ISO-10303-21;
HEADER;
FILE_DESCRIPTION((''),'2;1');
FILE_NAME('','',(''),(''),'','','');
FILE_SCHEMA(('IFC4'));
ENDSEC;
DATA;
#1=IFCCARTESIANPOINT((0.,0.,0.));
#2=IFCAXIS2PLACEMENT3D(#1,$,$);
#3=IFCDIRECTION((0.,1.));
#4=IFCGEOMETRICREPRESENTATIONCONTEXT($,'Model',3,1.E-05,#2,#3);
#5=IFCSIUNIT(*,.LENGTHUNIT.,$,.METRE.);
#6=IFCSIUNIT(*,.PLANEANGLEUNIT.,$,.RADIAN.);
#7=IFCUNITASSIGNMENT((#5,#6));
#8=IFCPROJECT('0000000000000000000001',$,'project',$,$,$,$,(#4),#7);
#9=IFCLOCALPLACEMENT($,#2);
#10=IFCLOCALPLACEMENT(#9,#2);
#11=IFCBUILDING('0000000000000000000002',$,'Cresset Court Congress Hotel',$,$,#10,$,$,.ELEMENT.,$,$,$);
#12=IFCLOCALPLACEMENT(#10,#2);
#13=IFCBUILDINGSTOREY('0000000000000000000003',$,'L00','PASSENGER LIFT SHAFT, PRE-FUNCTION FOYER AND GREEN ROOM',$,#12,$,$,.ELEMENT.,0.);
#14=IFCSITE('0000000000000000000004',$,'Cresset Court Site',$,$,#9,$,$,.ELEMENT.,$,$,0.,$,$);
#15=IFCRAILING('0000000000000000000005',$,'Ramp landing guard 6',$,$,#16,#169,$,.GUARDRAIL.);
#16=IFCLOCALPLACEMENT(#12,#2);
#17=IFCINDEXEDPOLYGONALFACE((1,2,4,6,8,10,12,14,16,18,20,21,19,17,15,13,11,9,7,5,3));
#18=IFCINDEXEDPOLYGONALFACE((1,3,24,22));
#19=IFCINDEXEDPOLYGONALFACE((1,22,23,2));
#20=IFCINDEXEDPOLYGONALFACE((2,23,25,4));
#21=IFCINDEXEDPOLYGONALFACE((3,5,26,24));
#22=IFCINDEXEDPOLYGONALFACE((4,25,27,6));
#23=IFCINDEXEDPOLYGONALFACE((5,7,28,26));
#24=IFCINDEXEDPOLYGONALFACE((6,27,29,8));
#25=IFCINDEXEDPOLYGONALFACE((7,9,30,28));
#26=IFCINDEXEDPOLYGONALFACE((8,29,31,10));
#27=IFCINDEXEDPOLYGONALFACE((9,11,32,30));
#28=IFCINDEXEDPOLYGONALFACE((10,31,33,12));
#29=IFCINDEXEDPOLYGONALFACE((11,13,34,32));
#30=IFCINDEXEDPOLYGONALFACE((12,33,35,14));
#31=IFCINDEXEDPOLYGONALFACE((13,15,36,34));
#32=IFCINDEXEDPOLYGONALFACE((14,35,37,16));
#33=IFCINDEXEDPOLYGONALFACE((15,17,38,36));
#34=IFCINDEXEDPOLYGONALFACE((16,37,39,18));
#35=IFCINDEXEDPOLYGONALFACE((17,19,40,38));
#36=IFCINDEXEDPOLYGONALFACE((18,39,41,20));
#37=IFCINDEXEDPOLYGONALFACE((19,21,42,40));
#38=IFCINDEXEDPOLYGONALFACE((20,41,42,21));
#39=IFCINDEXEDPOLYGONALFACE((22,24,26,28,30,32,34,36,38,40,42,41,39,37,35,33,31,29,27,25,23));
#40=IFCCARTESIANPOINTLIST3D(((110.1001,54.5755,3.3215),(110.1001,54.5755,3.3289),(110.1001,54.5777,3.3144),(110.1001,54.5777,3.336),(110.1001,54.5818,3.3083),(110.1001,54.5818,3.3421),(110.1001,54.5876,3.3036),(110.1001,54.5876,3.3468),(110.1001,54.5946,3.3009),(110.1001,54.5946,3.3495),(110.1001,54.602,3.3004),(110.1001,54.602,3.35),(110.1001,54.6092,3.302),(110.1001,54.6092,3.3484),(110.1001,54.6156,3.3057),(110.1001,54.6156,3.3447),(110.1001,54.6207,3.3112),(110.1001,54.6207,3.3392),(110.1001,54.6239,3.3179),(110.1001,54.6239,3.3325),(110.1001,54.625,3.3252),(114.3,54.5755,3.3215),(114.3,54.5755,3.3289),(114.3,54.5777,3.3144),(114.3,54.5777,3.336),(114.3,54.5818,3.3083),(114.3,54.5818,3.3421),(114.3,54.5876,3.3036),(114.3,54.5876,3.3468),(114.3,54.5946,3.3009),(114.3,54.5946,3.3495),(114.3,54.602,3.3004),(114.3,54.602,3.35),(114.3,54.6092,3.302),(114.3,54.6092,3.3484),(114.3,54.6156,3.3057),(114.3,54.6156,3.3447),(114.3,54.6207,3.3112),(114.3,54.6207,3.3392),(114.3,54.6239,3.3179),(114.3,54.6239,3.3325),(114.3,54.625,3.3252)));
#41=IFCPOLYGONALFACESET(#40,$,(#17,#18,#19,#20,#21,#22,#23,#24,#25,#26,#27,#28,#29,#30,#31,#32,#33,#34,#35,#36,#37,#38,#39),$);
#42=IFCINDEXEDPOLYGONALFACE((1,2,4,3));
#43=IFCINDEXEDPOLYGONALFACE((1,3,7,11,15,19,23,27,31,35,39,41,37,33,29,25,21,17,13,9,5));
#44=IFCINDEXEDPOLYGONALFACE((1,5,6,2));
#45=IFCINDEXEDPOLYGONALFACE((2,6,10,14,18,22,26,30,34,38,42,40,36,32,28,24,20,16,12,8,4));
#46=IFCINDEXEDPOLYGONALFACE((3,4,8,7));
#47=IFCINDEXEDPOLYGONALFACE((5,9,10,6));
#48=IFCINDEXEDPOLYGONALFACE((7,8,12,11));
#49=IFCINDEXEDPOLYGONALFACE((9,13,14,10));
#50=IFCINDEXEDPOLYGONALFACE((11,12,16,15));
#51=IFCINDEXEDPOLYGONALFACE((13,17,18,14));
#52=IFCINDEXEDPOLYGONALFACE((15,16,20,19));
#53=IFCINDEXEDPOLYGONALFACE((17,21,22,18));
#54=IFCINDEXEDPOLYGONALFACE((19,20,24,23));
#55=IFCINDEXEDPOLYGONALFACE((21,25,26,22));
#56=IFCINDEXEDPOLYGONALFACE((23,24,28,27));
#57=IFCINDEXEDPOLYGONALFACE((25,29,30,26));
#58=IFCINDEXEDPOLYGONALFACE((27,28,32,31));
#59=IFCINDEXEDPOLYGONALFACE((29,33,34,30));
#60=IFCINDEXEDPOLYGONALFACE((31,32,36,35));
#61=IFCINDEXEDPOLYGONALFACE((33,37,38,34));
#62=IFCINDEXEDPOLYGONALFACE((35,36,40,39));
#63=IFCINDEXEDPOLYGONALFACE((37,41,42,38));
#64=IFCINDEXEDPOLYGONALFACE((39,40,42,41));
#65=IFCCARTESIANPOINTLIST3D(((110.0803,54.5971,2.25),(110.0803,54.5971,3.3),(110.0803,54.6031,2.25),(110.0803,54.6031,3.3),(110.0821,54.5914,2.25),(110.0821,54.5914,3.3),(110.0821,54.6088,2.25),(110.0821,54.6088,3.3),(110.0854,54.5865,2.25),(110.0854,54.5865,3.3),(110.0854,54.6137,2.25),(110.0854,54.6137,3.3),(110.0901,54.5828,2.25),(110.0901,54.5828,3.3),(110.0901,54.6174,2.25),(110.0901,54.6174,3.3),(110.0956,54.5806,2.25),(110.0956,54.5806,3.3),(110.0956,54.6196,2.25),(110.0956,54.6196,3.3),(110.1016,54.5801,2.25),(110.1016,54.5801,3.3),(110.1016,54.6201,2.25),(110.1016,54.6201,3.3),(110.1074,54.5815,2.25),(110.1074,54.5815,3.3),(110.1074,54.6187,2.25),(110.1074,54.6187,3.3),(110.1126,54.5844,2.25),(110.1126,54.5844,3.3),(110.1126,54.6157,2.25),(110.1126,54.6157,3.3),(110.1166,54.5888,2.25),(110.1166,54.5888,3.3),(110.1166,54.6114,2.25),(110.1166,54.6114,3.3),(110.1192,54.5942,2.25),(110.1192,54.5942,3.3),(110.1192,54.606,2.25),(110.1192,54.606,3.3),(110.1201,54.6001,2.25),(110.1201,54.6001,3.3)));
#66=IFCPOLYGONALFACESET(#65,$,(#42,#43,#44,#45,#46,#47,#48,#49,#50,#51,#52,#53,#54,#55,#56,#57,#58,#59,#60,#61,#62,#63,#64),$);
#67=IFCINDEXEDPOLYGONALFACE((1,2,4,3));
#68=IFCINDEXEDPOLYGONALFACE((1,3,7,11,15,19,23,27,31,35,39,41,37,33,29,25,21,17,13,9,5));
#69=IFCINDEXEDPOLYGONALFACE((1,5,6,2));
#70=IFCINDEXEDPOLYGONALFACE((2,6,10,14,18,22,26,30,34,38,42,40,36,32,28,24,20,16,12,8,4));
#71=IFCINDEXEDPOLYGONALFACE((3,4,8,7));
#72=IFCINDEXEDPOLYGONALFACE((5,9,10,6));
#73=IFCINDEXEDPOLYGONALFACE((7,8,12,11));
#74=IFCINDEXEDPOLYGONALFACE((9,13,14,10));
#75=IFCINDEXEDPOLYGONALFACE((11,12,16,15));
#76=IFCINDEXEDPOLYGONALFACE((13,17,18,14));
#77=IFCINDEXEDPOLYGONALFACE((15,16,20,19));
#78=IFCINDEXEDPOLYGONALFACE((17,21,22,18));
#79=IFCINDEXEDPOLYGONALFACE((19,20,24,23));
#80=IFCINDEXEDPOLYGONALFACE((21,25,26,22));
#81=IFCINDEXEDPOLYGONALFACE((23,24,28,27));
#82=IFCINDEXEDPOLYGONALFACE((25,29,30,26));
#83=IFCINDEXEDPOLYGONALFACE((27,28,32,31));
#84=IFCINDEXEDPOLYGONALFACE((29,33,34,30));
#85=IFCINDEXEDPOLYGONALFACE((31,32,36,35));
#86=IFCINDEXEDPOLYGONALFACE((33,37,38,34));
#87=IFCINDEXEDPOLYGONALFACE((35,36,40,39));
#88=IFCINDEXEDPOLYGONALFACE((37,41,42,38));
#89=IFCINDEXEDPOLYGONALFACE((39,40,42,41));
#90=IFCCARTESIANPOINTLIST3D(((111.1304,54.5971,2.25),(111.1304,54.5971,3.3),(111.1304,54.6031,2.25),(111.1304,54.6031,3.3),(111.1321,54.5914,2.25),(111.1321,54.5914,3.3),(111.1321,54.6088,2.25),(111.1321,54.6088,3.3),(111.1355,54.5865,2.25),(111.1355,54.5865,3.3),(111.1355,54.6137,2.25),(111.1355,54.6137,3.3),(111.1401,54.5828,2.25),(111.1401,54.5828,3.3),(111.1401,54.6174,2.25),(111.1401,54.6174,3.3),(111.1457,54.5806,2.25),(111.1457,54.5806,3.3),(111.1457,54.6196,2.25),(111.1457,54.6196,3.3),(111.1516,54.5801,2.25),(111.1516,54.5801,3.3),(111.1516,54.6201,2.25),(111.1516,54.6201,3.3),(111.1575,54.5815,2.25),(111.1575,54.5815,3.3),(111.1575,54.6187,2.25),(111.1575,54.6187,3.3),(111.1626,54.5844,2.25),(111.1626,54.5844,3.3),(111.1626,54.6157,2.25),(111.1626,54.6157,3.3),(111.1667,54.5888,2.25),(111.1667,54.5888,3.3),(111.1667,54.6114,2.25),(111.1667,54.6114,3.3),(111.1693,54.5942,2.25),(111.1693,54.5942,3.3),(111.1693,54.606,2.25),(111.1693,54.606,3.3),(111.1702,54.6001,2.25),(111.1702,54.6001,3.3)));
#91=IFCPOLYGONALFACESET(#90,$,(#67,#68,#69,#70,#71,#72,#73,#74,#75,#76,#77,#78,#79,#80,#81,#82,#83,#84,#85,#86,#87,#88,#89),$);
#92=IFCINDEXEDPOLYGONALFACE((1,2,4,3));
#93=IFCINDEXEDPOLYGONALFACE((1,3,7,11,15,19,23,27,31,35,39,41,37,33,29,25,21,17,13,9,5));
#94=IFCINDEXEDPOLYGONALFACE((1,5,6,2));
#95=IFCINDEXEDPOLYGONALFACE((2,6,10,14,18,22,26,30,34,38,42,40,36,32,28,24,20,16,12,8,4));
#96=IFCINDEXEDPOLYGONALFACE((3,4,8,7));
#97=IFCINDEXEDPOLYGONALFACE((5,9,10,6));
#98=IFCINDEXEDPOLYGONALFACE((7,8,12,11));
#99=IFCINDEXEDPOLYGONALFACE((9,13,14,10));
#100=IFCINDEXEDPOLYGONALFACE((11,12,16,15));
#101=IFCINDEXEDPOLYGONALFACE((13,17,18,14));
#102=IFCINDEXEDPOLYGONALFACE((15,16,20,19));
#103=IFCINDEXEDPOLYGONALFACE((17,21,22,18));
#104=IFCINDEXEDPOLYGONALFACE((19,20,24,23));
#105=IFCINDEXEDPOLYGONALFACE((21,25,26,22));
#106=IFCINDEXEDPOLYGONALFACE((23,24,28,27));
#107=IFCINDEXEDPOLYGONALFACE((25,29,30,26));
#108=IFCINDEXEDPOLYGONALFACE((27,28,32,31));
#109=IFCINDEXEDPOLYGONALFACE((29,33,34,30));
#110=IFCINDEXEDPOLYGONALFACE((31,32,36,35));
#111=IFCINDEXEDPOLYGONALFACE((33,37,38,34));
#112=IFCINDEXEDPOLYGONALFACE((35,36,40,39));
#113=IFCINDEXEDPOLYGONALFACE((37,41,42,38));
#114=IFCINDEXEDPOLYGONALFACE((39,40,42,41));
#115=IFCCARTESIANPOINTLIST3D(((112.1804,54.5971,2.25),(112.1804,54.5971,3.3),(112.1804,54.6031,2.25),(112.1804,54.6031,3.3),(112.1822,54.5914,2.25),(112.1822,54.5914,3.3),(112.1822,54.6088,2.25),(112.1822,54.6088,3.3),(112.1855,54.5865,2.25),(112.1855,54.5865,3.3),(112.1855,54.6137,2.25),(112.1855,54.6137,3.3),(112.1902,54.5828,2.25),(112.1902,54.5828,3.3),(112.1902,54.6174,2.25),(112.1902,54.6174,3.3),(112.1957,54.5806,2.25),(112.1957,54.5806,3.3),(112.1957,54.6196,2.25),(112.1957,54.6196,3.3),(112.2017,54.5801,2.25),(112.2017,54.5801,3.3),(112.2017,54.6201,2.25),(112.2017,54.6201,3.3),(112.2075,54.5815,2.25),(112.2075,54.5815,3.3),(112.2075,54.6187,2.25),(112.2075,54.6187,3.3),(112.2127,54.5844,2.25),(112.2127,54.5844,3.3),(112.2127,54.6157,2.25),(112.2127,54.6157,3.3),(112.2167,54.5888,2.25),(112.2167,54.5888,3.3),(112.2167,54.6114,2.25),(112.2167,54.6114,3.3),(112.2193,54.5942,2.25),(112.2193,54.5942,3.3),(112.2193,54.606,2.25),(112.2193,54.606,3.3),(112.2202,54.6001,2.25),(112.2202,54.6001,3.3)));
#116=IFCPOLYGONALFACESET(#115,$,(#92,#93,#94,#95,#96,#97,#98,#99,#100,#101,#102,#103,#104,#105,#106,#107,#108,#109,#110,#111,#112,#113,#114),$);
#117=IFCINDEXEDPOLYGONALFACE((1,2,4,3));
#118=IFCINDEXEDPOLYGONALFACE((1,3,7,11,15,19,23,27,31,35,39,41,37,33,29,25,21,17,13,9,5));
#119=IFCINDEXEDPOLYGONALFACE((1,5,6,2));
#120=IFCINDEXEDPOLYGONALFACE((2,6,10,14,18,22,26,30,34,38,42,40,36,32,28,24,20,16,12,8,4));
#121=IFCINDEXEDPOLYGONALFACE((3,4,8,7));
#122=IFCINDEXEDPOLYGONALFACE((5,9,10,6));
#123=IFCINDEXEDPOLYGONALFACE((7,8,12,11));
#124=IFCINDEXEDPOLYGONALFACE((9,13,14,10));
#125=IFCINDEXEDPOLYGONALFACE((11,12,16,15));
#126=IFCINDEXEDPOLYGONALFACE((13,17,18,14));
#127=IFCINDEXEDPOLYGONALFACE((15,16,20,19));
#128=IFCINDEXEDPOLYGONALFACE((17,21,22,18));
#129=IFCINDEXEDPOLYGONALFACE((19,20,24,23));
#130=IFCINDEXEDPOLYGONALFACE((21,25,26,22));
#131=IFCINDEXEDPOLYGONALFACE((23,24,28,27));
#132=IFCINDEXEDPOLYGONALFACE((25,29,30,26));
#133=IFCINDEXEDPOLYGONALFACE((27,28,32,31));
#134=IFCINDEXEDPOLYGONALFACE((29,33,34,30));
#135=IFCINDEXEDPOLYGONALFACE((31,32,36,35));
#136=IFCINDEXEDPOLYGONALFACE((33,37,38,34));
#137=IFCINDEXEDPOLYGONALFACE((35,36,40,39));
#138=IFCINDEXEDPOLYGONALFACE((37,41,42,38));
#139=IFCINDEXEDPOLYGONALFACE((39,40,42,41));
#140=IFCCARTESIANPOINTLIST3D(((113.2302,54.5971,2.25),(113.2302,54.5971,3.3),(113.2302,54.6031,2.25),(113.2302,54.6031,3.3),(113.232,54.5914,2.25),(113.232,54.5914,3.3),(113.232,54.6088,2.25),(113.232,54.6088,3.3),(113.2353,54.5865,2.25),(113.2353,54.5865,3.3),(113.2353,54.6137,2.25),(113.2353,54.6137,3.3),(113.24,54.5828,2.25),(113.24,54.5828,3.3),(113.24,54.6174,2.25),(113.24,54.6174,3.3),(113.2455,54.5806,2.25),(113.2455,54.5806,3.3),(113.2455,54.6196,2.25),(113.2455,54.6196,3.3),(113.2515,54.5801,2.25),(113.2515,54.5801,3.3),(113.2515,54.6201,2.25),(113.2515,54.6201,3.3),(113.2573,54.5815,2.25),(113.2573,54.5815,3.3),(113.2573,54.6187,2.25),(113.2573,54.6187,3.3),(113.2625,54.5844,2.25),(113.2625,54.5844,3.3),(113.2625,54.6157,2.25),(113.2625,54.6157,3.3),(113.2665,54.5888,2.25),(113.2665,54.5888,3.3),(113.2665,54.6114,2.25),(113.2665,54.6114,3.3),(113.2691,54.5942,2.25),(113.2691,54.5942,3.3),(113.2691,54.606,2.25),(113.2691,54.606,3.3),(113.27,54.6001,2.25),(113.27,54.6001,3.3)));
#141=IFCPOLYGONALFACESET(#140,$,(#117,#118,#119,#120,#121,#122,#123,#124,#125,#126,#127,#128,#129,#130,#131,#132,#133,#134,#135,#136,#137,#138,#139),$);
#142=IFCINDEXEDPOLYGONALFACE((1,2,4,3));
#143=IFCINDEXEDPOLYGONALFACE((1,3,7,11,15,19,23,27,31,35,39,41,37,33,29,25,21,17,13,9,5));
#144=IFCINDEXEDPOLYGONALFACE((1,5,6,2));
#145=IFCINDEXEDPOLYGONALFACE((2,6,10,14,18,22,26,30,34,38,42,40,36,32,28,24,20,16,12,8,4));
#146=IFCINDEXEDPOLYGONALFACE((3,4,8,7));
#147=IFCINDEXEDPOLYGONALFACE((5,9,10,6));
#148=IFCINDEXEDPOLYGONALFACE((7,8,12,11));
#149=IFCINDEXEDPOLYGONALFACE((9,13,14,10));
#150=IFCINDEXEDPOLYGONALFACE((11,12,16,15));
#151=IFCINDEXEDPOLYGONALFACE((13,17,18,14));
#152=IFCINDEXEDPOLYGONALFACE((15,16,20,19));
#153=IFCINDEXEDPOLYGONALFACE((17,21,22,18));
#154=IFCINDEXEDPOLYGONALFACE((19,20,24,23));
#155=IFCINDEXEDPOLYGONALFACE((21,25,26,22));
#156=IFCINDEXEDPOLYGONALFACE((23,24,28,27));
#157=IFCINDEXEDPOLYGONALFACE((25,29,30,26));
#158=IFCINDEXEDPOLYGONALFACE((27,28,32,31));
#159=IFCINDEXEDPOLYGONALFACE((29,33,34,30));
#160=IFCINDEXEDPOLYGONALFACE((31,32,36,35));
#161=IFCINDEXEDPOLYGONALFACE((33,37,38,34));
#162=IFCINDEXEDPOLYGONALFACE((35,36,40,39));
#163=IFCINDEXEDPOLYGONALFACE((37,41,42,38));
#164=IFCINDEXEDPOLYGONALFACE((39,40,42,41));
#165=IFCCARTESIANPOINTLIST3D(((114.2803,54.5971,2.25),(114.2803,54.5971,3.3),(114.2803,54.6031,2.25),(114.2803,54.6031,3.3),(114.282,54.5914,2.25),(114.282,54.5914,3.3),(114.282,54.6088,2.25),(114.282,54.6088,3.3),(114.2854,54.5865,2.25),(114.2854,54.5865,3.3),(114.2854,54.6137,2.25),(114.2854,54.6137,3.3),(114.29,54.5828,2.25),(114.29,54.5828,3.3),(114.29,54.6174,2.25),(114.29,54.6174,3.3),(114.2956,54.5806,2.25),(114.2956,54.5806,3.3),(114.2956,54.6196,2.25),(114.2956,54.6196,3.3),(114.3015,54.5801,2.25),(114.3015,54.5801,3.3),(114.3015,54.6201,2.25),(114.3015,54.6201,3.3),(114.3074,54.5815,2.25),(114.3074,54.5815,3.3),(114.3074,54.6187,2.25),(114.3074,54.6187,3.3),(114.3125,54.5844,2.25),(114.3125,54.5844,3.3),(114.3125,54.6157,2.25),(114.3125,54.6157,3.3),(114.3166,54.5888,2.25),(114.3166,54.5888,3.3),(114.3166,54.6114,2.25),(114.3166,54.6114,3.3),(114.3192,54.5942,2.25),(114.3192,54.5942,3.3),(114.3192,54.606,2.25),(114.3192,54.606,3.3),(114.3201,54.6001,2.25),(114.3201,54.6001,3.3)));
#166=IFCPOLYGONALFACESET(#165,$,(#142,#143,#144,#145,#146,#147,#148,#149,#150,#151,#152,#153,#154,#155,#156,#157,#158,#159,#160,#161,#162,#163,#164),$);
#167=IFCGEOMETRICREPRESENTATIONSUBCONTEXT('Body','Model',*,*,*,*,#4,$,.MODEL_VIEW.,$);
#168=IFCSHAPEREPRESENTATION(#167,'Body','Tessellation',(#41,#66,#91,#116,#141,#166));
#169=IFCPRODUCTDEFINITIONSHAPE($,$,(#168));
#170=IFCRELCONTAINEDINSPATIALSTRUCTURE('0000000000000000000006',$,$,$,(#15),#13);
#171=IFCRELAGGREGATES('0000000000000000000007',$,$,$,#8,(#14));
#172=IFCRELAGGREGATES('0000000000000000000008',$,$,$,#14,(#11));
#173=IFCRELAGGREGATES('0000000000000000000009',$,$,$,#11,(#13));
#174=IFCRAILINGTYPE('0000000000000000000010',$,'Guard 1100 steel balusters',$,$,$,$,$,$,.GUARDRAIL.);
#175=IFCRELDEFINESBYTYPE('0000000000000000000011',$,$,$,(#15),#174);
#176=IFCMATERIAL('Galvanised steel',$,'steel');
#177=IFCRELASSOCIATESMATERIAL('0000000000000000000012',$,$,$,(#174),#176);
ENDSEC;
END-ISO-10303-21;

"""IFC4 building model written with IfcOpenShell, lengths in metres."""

from ifc_helpers import new_model, si_unit, direction, frame, origin, origin_2d, place, context, subcontext, project, spatial, circle, extrude, material, type_object, element, save


model = new_model("IFC4")

# Units and contexts
model_context = context("Model", 3, precision=1e-05, world=origin(), true_north=direction((0.0, 1.0)))
body_context = subcontext(model_context, "Body", "Model", "MODEL_VIEW")
ifc_project = project(units=[si_unit("LENGTHUNIT", "METRE"), si_unit("PLANEANGLEUNIT", "RADIAN")], contexts=[model_context])

# Site, building, storey
site_placement = place(None, origin())
site = spatial("IfcSite", under=ifc_project, at=site_placement, Name="Cresset Court Site", CompositionType="ELEMENT", RefElevation=0.0)
building_placement = place(site_placement, origin())
building = spatial("IfcBuilding", under=site, at=building_placement, Name="Cresset Court Congress Hotel", CompositionType="ELEMENT")
storey_placement = place(building_placement, origin())
storey = spatial("IfcBuildingStorey", under=building, at=storey_placement, Name="L00", Description="PASSENGER LIFT SHAFT, PRE-FUNCTION FOYER AND GREEN ROOM", CompositionType="ELEMENT", Elevation=0.0)

# Railing
ifc_material_1 = material(Name="Galvanised steel", Category="steel")
railing_type = type_object("IfcRailingType", Name="Guard 1100 steel balusters", PredefinedType="GUARDRAIL", material=ifc_material_1)
for number, where, name in (
    (1, (110.1001, 54.6001, 2.25), "Ramp landing guard 6"),
):
    element("IfcRailing", number, at=place(storey_placement, frame(where)), inside=storey, type_object=railing_type, Name=name, PredefinedType="GUARDRAIL", context=body_context, shape_type="SweptSolid", body=[
        extrude(circle(Radius=0.0249, at=origin_2d()), frame((0.0, 0.0, 1.0752), z_axis=(1.0, 0.0, 0.0), x_axis=(0.0, 1.0, 0.0)), (0.0, 0.0, 1.0), 4.2),
        extrude(circle(Radius=0.02, at=origin_2d()), origin(), (0.0, 0.0, 1.0), 1.05),
        extrude(circle(Radius=0.02, at=origin_2d()), frame((1.05, 0.0, 0.0)), (0.0, 0.0, 1.0), 1.05),
        extrude(circle(Radius=0.02, at=origin_2d()), frame((2.1001, 0.0, 0.0)), (0.0, 0.0, 1.0), 1.05),
        extrude(circle(Radius=0.02, at=origin_2d()), frame((3.1499, 0.0, 0.0)), (0.0, 0.0, 1.0), 1.05),
        extrude(circle(Radius=0.02, at=origin_2d()), frame((4.2, 0.0, 0.0)), (0.0, 0.0, 1.0), 1.05),
    ])

save(model, "model.ifc")
